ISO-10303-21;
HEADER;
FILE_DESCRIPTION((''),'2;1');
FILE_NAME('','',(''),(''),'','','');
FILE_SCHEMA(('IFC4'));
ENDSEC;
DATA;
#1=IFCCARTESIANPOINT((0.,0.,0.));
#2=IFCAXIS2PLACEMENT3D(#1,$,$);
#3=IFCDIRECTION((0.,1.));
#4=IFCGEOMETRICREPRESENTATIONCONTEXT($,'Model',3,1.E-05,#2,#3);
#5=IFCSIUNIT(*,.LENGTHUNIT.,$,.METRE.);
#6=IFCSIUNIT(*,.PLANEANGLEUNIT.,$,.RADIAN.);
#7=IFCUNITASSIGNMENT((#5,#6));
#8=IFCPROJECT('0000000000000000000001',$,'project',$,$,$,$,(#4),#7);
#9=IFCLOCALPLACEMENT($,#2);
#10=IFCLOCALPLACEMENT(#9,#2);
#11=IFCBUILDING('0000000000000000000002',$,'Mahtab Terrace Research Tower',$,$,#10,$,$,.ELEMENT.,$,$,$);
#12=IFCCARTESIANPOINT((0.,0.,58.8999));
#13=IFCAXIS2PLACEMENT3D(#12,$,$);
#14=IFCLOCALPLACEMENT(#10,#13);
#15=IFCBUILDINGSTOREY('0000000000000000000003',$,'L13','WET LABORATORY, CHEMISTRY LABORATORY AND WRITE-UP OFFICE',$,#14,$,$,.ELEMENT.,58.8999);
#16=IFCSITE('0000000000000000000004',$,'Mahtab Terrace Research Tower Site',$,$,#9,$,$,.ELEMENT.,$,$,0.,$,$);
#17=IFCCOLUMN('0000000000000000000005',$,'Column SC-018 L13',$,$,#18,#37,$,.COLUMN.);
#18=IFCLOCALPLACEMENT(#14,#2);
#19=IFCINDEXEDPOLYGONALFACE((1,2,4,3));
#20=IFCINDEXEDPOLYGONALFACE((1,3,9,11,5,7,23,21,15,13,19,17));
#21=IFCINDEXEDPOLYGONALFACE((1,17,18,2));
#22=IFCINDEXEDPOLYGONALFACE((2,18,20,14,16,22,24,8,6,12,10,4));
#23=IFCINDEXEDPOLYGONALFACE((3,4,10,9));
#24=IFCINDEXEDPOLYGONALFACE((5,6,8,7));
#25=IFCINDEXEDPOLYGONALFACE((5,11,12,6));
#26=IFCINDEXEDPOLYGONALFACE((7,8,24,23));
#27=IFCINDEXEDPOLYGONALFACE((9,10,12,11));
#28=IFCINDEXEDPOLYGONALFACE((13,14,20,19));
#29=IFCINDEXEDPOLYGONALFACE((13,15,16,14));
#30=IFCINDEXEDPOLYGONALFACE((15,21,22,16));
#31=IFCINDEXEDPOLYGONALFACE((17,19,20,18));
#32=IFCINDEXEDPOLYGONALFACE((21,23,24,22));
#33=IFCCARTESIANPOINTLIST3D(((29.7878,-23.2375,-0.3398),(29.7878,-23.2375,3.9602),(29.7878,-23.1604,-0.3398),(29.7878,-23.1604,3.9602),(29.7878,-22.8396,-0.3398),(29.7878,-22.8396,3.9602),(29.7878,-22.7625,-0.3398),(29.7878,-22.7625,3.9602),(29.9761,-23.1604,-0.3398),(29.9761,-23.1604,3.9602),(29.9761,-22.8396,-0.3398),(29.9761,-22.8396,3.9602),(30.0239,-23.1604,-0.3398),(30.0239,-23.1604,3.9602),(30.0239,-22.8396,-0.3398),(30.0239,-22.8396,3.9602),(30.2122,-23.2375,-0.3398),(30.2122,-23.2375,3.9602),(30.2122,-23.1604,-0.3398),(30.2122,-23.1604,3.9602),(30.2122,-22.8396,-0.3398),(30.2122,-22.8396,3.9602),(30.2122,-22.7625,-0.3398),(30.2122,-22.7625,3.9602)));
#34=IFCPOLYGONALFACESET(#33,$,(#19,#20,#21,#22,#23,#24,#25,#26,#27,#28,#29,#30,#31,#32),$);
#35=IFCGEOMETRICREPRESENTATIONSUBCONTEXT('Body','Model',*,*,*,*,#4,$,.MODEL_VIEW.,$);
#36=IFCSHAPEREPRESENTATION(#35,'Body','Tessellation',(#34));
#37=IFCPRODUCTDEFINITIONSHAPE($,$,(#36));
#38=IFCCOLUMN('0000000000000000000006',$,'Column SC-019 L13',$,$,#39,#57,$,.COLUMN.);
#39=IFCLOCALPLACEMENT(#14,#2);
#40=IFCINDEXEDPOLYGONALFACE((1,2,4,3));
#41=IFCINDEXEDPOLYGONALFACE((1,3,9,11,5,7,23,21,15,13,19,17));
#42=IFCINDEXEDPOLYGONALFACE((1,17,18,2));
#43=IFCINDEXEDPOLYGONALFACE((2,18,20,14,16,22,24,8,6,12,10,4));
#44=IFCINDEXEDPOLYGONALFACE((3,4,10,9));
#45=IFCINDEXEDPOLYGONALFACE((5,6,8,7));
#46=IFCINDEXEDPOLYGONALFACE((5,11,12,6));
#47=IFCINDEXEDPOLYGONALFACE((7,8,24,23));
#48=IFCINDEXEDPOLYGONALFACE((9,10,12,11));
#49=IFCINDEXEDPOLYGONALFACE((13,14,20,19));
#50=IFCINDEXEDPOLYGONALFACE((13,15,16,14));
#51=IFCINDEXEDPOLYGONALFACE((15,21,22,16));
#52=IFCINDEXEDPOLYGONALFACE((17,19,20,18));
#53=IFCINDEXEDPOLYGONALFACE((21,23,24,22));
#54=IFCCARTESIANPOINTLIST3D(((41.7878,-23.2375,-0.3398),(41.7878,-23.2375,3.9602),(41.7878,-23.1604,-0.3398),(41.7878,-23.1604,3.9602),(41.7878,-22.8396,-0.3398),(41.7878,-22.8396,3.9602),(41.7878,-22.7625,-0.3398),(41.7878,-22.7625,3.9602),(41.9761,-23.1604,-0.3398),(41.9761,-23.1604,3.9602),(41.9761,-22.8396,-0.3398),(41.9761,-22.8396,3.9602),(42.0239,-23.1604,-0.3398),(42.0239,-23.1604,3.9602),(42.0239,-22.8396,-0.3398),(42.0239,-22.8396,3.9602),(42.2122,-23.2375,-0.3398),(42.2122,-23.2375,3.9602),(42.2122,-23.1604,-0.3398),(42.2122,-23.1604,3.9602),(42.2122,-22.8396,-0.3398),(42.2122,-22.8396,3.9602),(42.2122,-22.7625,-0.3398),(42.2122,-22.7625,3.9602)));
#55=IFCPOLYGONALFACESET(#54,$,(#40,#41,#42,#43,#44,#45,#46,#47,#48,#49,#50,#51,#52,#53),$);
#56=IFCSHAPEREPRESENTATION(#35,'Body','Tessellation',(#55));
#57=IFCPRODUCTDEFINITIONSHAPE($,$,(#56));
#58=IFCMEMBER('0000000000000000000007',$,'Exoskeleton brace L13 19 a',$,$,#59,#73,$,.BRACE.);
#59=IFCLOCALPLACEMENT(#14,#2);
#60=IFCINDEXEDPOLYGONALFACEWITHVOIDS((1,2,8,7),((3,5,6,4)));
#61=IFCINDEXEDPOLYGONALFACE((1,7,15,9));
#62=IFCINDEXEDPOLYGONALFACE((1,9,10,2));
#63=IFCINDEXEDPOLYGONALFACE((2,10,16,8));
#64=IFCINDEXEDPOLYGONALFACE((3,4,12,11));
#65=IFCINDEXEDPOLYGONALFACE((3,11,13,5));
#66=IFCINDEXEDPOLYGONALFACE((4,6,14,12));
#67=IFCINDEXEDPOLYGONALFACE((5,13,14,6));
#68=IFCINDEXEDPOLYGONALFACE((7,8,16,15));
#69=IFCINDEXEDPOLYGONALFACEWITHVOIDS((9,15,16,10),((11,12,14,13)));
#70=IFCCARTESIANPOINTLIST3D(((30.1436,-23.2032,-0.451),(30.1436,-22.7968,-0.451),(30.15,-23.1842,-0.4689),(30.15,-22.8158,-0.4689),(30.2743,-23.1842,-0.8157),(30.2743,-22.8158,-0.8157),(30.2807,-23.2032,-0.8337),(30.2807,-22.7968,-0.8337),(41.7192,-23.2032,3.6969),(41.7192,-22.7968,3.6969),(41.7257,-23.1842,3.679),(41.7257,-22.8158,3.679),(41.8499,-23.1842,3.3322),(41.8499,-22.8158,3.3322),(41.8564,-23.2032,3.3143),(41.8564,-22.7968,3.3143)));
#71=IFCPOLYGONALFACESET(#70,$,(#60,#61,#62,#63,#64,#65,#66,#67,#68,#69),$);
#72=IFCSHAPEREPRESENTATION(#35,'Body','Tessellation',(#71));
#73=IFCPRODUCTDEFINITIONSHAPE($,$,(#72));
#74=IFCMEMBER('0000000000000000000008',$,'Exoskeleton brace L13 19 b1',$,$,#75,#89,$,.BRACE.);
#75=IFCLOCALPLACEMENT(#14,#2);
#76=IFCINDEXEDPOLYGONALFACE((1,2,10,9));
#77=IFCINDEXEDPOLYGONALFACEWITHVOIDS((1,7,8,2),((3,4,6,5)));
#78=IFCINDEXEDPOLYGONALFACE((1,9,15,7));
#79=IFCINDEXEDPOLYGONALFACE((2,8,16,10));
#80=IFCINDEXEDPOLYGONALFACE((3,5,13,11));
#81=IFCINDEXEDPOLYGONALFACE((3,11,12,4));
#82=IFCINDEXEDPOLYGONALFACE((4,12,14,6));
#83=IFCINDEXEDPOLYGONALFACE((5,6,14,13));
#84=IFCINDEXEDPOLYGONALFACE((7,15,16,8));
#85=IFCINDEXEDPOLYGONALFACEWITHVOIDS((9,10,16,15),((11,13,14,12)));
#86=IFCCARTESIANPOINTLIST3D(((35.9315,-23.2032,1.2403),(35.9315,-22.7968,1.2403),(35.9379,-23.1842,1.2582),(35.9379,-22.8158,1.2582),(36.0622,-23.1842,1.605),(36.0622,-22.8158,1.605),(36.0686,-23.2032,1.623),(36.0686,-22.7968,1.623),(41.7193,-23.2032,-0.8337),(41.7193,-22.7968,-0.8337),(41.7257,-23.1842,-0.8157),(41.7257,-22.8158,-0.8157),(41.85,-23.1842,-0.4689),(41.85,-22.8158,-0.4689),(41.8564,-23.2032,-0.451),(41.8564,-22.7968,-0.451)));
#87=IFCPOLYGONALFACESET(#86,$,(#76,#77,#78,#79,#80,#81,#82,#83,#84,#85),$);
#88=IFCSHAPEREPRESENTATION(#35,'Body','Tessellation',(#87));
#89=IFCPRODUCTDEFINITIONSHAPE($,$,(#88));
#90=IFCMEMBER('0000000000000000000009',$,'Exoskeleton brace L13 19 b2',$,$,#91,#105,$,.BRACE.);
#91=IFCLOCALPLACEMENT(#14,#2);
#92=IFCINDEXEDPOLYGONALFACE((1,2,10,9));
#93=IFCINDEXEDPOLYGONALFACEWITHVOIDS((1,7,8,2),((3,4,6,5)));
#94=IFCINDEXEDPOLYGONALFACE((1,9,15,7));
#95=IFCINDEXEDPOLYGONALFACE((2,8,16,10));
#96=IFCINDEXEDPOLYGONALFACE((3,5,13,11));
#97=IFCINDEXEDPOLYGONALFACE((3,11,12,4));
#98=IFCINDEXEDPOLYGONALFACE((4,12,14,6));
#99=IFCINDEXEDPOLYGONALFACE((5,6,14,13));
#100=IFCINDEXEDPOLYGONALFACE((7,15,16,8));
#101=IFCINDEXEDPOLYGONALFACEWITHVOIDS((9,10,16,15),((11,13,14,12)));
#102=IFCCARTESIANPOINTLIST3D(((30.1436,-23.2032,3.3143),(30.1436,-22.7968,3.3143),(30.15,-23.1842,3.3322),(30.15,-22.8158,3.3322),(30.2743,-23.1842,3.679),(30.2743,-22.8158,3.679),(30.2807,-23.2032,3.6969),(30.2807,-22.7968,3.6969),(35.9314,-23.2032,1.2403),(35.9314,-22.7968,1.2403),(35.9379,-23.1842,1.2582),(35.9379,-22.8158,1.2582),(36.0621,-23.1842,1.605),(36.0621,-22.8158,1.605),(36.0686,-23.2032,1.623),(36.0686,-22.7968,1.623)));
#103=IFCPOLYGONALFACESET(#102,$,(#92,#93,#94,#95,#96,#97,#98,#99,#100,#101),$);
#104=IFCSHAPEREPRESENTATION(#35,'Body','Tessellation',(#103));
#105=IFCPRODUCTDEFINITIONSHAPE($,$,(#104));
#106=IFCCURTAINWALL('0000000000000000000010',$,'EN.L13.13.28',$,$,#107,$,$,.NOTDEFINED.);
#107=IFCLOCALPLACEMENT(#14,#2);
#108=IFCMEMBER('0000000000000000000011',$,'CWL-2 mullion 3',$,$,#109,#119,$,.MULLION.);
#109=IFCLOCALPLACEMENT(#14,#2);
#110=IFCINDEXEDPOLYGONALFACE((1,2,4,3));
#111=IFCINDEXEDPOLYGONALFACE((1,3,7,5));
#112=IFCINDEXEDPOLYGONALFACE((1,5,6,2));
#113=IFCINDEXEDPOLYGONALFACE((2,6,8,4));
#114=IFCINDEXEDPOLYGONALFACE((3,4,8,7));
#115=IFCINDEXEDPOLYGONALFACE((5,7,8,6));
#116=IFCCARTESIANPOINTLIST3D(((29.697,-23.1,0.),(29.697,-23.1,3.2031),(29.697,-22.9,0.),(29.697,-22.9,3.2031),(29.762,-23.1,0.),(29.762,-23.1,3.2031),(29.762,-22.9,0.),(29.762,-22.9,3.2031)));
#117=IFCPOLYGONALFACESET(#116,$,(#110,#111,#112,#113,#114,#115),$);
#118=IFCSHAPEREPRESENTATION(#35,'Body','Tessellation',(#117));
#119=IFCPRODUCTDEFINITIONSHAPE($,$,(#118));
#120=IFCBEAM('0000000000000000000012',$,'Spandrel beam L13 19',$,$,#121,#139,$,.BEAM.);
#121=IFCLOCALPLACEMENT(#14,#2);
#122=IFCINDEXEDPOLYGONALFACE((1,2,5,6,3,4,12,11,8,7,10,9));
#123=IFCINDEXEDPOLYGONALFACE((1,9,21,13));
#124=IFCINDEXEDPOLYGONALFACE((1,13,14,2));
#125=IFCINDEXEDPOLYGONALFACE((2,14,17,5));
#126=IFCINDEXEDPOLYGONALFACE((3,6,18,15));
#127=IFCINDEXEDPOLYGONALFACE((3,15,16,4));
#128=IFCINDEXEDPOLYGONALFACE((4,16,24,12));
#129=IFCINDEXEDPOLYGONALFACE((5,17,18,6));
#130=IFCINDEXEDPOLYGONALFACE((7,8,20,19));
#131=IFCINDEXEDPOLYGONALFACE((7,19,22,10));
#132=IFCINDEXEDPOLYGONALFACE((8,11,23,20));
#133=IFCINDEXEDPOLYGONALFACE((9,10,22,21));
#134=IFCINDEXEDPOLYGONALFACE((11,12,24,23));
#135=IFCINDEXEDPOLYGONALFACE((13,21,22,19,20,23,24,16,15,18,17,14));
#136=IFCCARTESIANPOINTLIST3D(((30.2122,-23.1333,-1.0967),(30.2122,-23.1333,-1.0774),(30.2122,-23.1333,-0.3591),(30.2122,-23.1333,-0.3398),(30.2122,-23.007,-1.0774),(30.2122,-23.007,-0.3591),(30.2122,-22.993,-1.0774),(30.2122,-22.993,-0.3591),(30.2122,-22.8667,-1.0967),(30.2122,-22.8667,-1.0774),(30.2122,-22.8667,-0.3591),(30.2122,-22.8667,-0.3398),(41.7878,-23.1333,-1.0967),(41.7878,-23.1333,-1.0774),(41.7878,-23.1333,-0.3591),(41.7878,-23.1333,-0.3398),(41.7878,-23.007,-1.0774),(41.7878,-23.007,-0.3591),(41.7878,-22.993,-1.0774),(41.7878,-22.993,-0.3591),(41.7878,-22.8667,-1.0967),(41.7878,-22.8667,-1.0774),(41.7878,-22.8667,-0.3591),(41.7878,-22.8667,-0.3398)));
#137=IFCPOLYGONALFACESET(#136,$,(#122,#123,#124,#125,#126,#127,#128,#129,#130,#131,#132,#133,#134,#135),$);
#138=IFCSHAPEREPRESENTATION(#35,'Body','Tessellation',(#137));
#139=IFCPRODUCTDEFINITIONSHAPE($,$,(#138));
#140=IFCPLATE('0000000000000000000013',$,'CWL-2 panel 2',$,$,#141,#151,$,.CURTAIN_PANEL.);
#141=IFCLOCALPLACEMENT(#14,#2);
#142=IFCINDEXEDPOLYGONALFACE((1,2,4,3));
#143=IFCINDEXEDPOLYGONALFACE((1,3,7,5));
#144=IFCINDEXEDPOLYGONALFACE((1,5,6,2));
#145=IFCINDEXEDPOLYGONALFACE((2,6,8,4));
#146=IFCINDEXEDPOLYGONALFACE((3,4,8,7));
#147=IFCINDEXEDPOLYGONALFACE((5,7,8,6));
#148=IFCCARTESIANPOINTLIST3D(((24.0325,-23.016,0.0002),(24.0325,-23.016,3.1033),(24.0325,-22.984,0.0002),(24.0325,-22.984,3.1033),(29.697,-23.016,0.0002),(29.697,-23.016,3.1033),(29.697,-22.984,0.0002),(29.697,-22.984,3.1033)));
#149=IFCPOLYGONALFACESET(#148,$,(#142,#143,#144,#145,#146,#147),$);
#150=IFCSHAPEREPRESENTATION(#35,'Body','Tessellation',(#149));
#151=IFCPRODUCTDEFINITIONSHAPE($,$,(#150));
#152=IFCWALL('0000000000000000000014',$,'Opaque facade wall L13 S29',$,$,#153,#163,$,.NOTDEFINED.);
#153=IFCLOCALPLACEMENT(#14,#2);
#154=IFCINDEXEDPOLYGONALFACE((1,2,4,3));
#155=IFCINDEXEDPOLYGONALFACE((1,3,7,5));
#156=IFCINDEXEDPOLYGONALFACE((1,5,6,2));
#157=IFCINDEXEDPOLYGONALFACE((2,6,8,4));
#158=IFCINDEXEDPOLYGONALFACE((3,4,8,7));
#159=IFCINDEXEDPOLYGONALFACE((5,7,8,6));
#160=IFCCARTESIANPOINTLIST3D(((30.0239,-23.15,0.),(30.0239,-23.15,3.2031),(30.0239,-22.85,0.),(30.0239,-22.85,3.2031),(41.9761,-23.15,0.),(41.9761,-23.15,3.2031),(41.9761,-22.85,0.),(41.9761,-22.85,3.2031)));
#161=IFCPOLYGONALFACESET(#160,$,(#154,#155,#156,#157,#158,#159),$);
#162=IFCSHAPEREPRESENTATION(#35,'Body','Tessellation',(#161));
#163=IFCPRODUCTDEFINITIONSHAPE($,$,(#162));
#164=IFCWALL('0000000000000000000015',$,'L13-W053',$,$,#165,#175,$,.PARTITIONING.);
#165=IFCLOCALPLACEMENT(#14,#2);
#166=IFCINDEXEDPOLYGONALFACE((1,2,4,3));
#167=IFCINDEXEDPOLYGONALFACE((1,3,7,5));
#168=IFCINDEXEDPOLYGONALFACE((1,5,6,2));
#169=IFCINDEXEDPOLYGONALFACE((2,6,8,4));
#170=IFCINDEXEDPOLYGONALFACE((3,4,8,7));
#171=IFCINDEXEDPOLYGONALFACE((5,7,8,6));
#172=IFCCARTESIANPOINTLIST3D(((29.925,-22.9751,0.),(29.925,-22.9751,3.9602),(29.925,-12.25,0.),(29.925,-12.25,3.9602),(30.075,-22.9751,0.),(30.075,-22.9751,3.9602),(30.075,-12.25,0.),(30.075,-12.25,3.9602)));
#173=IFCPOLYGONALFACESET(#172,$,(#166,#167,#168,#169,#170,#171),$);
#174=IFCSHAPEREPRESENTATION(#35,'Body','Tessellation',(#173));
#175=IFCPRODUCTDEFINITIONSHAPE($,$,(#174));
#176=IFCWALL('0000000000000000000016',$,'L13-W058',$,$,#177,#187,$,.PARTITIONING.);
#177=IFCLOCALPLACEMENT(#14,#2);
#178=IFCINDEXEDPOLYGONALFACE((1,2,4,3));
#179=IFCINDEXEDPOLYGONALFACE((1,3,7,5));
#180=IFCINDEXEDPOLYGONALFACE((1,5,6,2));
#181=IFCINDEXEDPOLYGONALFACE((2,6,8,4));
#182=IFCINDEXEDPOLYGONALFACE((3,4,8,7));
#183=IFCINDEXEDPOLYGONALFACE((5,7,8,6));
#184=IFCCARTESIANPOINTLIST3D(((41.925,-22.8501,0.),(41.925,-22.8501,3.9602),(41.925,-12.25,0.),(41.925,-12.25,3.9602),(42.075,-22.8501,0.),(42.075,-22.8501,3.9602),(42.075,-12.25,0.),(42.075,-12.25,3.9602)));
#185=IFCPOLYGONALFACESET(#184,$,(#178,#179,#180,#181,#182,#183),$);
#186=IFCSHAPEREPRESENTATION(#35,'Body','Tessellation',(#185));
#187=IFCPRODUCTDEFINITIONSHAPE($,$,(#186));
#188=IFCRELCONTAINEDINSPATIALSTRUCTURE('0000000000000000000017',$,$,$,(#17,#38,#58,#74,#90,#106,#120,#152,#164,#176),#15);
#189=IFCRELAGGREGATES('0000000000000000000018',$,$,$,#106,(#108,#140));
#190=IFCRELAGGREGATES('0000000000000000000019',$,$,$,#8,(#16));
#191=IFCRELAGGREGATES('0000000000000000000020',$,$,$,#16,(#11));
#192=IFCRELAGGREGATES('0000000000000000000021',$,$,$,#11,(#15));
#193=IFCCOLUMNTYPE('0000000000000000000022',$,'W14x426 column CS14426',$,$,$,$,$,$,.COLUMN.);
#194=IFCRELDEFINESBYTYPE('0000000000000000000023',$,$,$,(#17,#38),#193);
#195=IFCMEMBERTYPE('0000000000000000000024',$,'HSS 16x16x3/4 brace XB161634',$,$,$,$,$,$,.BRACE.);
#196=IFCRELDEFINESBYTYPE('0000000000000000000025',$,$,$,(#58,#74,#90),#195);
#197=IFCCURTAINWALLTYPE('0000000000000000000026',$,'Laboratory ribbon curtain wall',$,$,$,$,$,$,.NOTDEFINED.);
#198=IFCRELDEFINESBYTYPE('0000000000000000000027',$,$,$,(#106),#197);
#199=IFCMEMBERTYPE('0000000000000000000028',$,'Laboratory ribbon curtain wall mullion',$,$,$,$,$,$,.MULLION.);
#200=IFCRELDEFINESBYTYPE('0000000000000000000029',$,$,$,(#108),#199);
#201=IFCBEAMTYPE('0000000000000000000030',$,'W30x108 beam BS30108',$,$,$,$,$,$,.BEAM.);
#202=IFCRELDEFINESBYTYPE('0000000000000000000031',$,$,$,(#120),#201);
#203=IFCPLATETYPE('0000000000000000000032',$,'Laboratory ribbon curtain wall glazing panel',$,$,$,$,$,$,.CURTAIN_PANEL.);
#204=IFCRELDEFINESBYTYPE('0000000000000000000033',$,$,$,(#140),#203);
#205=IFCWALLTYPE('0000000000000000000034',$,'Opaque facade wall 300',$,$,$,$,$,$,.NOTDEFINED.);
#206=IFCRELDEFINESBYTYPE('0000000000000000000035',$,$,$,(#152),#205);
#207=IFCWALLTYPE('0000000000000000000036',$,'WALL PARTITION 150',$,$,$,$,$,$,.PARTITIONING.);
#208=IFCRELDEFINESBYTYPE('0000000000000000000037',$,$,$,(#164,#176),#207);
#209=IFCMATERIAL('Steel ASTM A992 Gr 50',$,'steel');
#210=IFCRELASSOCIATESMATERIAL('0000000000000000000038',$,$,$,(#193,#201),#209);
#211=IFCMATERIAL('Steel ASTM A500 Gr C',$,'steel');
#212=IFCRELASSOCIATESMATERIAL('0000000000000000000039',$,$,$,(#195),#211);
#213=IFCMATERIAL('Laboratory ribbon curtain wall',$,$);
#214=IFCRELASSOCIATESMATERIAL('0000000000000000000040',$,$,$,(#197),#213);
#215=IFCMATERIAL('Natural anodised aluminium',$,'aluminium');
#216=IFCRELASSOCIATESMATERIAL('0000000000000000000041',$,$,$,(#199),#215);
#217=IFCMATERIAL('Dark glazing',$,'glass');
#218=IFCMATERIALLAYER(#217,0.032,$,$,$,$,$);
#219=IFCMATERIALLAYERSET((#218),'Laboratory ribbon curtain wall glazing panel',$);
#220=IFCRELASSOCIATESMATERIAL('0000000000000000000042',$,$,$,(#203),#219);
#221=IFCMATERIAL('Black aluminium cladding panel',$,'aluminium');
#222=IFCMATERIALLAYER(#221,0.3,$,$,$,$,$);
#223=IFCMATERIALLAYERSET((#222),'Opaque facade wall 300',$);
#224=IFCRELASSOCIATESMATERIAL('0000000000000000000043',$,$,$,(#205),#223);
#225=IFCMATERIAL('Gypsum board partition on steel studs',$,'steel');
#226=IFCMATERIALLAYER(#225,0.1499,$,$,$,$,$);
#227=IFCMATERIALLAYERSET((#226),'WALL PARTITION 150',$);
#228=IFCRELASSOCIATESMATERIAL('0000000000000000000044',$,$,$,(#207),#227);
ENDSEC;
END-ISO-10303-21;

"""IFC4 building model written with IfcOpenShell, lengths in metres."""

from ifc_helpers import new_model, si_unit, direction, frame, frame_2d, origin, origin_2d, place, context, subcontext, project, spatial, rectangle, hollow_rectangle, i_section, extrude, material, layer, layer_set, material_profile, profile_set, type_object, element, aggregate, save


model = new_model("IFC4")

# Units and contexts
model_context = context("Model", 3, precision=1e-05, world=origin(), true_north=direction((0.0, 1.0)))
body_context = subcontext(model_context, "Body", "Model", "MODEL_VIEW")
ifc_project = project(units=[si_unit("LENGTHUNIT", "METRE"), si_unit("PLANEANGLEUNIT", "RADIAN")], contexts=[model_context])

# Site, building, storey
site_placement = place(None, origin())
site = spatial("IfcSite", under=ifc_project, at=site_placement, Name="Mahtab Terrace Research Tower Site", CompositionType="ELEMENT", RefElevation=0.0)
building_placement = place(site_placement, origin())
building = spatial("IfcBuilding", under=site, at=building_placement, Name="Mahtab Terrace Research Tower", CompositionType="ELEMENT")
storey_placement = place(building_placement, frame((0.0, 0.0, 58.8999)))
storey = spatial("IfcBuildingStorey", under=building, at=storey_placement, Name="L13", Description="WET LABORATORY, CHEMISTRY LABORATORY AND WRITE-UP OFFICE", CompositionType="ELEMENT", Elevation=58.8999)

# Columns
ifc_material_1 = material(Name="Steel ASTM A992 Gr 50", Category="steel")
ifc_material_profile_1 = material_profile(ifc_material_1, i_section(OverallWidth=0.4243, OverallDepth=0.4751, WebThickness=0.0479, FlangeThickness=0.0771, at=origin_2d()), Name="W14X426")
ifc_profile_set_1 = profile_set([ifc_material_profile_1], Name="Steel ASTM A992 Gr 50")
column_type = type_object("IfcColumnType", Name="W14x426 column CS14426", PredefinedType="COLUMN", material=ifc_profile_set_1)
for number, where, z_axis, x_axis, name in (
    (1, (30.0, -23.0, -0.3398), (0.0, 0.0, 1.0), (1.0, 0.0, 0.0), "Column SC-018 L13"),
    (2, (42.0, -23.0, -0.3398), (0.0, 0.0, 1.0), (1.0, 0.0, 0.0), "Column SC-019 L13"),
):
    element("IfcColumn", number, at=place(storey_placement, frame(where, z_axis=z_axis, x_axis=x_axis)), inside=storey, type_object=column_type, Name=name, PredefinedType="COLUMN", context=body_context, shape_type="SweptSolid", body=[
        extrude(i_section(OverallWidth=0.4243, OverallDepth=0.4751, WebThickness=0.0479, FlangeThickness=0.0771, at=origin_2d()), origin(), (0.0, 0.0, 1.0), 4.3),
    ])

# Members
ifc_material_2 = material(Name="Steel ASTM A500 Gr C", Category="steel")
ifc_material_profile_2 = material_profile(ifc_material_2, hollow_rectangle(XDim=0.4065, YDim=0.4065, WallThickness=0.019, at=origin_2d()), Name="HSS16X16X3/4")
ifc_profile_set_2 = profile_set([ifc_material_profile_2], Name="Steel ASTM A500 Gr C")
member_type_1 = type_object("IfcMemberType", Name="HSS 16x16x3/4 brace XB161634", PredefinedType="BRACE", material=ifc_profile_set_2)
member_1_placement = place(storey_placement, frame((30.2122, -23.0, -0.6423), z_axis=(0.941387, 0.0, 0.33733), x_axis=(0.0, 1.0, 0.0)))
element("IfcMember", 3, at=member_1_placement, inside=storey, type_object=member_type_1, Name="Exoskeleton brace L13 19 a", PredefinedType="BRACE", context=body_context, shape_type="SweptSolid", body=[
    extrude(hollow_rectangle(XDim=0.4065, YDim=0.4065, WallThickness=0.019, at=origin_2d()), origin(), (0.0, 0.0, 1.0), 12.2964),
])
for number, where, z_axis, x_axis, name in (
    (4, (41.7878, -23.0, -0.6423), (-0.941387, 0.0, 0.33733), (0.0, -1.0, 0.0), "Exoskeleton brace L13 19 b1"),
    (5, (36.0, -23.0, 1.4316), (-0.941387, 0.0, 0.33733), (0.0, -1.0, 0.0), "Exoskeleton brace L13 19 b2"),
):
    element("IfcMember", number, at=place(storey_placement, frame(where, z_axis=z_axis, x_axis=x_axis)), inside=storey, type_object=member_type_1, Name=name, PredefinedType="BRACE", context=body_context, shape_type="SweptSolid", body=[
        extrude(hollow_rectangle(XDim=0.4065, YDim=0.4065, WallThickness=0.019, at=origin_2d()), origin(), (0.0, 0.0, 1.0), 6.1482),
    ])

# Curtain wall, member
ifc_material_3 = material(Name="Laboratory ribbon curtain wall")
curtain_wall_type = type_object("IfcCurtainWallType", Name="Laboratory ribbon curtain wall", PredefinedType="NOTDEFINED", material=ifc_material_3)
curtain_wall_placement = place(storey_placement, origin())
curtain_wall = element("IfcCurtainWall", 6, at=curtain_wall_placement, inside=storey, type_object=curtain_wall_type, Name="EN.L13.13.28", PredefinedType="NOTDEFINED")
ifc_material_4 = material(Name="Natural anodised aluminium", Category="aluminium")
ifc_material_profile_3 = material_profile(ifc_material_4, rectangle(XDim=0.2, YDim=0.0649, at=origin_2d()), Name="MULLION 65x200")
ifc_profile_set_3 = profile_set([ifc_material_profile_3], Name="Natural anodised aluminium")
member_type_2 = type_object("IfcMemberType", Name="Laboratory ribbon curtain wall mullion", PredefinedType="MULLION", material=ifc_profile_set_3)
member_2_placement = place(storey_placement, frame((29.7295, -23.0, 0.0), z_axis=(0.0, 0.0, 1.0), x_axis=(0.0, 1.0, 0.0)))
member_2 = element("IfcMember", 7, at=member_2_placement, type_object=member_type_2, Name="CWL-2 mullion 3", PredefinedType="MULLION", context=body_context, shape_type="SweptSolid", body=[
    extrude(rectangle(XDim=0.2, YDim=0.0649, at=origin_2d()), origin(), (0.0, 0.0, 1.0), 3.2031),
])

# Beam
ifc_material_profile_4 = material_profile(ifc_material_1, i_section(OverallWidth=0.2666, OverallDepth=0.7568, WebThickness=0.0139, FlangeThickness=0.0193, at=origin_2d()), Name="W30X108")
ifc_profile_set_4 = profile_set([ifc_material_profile_4], Name="Steel ASTM A992 Gr 50")
beam_type = type_object("IfcBeamType", Name="W30x108 beam BS30108", PredefinedType="BEAM", material=ifc_profile_set_4)
beam_placement = place(storey_placement, frame((30.2122, -23.0, -0.7183), z_axis=(1.0, 0.0, 0.0), x_axis=(0.0, 1.0, 0.0)))
element("IfcBeam", 8, at=beam_placement, inside=storey, type_object=beam_type, Name="Spandrel beam L13 19", PredefinedType="BEAM", context=body_context, shape_type="SweptSolid", body=[
    extrude(i_section(OverallWidth=0.2666, OverallDepth=0.7568, WebThickness=0.0139, FlangeThickness=0.0193, at=origin_2d()), origin(), (0.0, 0.0, 1.0), 11.5757),
])

# Plate
ifc_material_5 = material(Name="Dark glazing", Category="glass")
ifc_layer_1 = layer(ifc_material_5, 0.032)
ifc_layer_set_1 = layer_set([ifc_layer_1], Name="Laboratory ribbon curtain wall glazing panel")
plate_type = type_object("IfcPlateType", Name="Laboratory ribbon curtain wall glazing panel", PredefinedType="CURTAIN_PANEL", material=ifc_layer_set_1)
plate_placement = place(storey_placement, frame((26.8647, -23.0, 0.0002), z_axis=(0.0, 0.0, 1.0), x_axis=(1.0, 0.0, 0.0)))
plate = element("IfcPlate", 9, at=plate_placement, type_object=plate_type, Name="CWL-2 panel 2", PredefinedType="CURTAIN_PANEL", context=body_context, shape_type="SweptSolid", body=[
    extrude(rectangle(XDim=5.6646, YDim=0.032, at=origin_2d()), origin(), (0.0, 0.0, 1.0), 3.103),
])
aggregate(curtain_wall, [member_2, plate])

# Walls
ifc_material_6 = material(Name="Black aluminium cladding panel", Category="aluminium")
ifc_layer_2 = layer(ifc_material_6, 0.3)
ifc_layer_set_2 = layer_set([ifc_layer_2], Name="Opaque facade wall 300")
wall_type_1 = type_object("IfcWallType", Name="Opaque facade wall 300", PredefinedType="NOTDEFINED", material=ifc_layer_set_2)
wall_1_placement = place(storey_placement, frame((30.0239, -23.0, 0.0), z_axis=(0.0, 0.0, 1.0), x_axis=(1.0, 0.0, 0.0)))
element("IfcWall", 10, at=wall_1_placement, inside=storey, type_object=wall_type_1, Name="Opaque facade wall L13 S29", PredefinedType="NOTDEFINED", context=body_context, shape_type="SweptSolid", body=[
    extrude(rectangle(XDim=11.9521, YDim=0.3, at=frame_2d((5.9761, 0.0))), origin(), (0.0, 0.0, 1.0), 3.2031),
])
ifc_material_7 = material(Name="Gypsum board partition on steel studs", Category="steel")
ifc_layer_3 = layer(ifc_material_7, 0.1499)
ifc_layer_set_3 = layer_set([ifc_layer_3], Name="WALL PARTITION 150")
wall_type_2 = type_object("IfcWallType", Name="WALL PARTITION 150", PredefinedType="PARTITIONING", material=ifc_layer_set_3)
wall_2_placement = place(storey_placement, frame((30.0, -22.9751, 0.0), z_axis=(0.0, 0.0, 1.0), x_axis=(0.0, 1.0, 0.0)))
element("IfcWall", 11, at=wall_2_placement, inside=storey, type_object=wall_type_2, Name="L13-W053", PredefinedType="PARTITIONING", context=body_context, shape_type="SweptSolid", body=[
    extrude(rectangle(XDim=10.7251, YDim=0.1499, at=frame_2d((5.3625, 0.0))), origin(), (0.0, 0.0, 1.0), 3.9602),
])
wall_3_placement = place(storey_placement, frame((42.0, -22.8501, 0.0), z_axis=(0.0, 0.0, 1.0), x_axis=(0.0, 1.0, 0.0)))
element("IfcWall", 12, at=wall_3_placement, inside=storey, type_object=wall_type_2, Name="L13-W058", PredefinedType="PARTITIONING", context=body_context, shape_type="SweptSolid", body=[
    extrude(rectangle(XDim=10.6001, YDim=0.1499, at=frame_2d((5.3, 0.0))), origin(), (0.0, 0.0, 1.0), 3.9602),
])

save(model, "model.ifc")
